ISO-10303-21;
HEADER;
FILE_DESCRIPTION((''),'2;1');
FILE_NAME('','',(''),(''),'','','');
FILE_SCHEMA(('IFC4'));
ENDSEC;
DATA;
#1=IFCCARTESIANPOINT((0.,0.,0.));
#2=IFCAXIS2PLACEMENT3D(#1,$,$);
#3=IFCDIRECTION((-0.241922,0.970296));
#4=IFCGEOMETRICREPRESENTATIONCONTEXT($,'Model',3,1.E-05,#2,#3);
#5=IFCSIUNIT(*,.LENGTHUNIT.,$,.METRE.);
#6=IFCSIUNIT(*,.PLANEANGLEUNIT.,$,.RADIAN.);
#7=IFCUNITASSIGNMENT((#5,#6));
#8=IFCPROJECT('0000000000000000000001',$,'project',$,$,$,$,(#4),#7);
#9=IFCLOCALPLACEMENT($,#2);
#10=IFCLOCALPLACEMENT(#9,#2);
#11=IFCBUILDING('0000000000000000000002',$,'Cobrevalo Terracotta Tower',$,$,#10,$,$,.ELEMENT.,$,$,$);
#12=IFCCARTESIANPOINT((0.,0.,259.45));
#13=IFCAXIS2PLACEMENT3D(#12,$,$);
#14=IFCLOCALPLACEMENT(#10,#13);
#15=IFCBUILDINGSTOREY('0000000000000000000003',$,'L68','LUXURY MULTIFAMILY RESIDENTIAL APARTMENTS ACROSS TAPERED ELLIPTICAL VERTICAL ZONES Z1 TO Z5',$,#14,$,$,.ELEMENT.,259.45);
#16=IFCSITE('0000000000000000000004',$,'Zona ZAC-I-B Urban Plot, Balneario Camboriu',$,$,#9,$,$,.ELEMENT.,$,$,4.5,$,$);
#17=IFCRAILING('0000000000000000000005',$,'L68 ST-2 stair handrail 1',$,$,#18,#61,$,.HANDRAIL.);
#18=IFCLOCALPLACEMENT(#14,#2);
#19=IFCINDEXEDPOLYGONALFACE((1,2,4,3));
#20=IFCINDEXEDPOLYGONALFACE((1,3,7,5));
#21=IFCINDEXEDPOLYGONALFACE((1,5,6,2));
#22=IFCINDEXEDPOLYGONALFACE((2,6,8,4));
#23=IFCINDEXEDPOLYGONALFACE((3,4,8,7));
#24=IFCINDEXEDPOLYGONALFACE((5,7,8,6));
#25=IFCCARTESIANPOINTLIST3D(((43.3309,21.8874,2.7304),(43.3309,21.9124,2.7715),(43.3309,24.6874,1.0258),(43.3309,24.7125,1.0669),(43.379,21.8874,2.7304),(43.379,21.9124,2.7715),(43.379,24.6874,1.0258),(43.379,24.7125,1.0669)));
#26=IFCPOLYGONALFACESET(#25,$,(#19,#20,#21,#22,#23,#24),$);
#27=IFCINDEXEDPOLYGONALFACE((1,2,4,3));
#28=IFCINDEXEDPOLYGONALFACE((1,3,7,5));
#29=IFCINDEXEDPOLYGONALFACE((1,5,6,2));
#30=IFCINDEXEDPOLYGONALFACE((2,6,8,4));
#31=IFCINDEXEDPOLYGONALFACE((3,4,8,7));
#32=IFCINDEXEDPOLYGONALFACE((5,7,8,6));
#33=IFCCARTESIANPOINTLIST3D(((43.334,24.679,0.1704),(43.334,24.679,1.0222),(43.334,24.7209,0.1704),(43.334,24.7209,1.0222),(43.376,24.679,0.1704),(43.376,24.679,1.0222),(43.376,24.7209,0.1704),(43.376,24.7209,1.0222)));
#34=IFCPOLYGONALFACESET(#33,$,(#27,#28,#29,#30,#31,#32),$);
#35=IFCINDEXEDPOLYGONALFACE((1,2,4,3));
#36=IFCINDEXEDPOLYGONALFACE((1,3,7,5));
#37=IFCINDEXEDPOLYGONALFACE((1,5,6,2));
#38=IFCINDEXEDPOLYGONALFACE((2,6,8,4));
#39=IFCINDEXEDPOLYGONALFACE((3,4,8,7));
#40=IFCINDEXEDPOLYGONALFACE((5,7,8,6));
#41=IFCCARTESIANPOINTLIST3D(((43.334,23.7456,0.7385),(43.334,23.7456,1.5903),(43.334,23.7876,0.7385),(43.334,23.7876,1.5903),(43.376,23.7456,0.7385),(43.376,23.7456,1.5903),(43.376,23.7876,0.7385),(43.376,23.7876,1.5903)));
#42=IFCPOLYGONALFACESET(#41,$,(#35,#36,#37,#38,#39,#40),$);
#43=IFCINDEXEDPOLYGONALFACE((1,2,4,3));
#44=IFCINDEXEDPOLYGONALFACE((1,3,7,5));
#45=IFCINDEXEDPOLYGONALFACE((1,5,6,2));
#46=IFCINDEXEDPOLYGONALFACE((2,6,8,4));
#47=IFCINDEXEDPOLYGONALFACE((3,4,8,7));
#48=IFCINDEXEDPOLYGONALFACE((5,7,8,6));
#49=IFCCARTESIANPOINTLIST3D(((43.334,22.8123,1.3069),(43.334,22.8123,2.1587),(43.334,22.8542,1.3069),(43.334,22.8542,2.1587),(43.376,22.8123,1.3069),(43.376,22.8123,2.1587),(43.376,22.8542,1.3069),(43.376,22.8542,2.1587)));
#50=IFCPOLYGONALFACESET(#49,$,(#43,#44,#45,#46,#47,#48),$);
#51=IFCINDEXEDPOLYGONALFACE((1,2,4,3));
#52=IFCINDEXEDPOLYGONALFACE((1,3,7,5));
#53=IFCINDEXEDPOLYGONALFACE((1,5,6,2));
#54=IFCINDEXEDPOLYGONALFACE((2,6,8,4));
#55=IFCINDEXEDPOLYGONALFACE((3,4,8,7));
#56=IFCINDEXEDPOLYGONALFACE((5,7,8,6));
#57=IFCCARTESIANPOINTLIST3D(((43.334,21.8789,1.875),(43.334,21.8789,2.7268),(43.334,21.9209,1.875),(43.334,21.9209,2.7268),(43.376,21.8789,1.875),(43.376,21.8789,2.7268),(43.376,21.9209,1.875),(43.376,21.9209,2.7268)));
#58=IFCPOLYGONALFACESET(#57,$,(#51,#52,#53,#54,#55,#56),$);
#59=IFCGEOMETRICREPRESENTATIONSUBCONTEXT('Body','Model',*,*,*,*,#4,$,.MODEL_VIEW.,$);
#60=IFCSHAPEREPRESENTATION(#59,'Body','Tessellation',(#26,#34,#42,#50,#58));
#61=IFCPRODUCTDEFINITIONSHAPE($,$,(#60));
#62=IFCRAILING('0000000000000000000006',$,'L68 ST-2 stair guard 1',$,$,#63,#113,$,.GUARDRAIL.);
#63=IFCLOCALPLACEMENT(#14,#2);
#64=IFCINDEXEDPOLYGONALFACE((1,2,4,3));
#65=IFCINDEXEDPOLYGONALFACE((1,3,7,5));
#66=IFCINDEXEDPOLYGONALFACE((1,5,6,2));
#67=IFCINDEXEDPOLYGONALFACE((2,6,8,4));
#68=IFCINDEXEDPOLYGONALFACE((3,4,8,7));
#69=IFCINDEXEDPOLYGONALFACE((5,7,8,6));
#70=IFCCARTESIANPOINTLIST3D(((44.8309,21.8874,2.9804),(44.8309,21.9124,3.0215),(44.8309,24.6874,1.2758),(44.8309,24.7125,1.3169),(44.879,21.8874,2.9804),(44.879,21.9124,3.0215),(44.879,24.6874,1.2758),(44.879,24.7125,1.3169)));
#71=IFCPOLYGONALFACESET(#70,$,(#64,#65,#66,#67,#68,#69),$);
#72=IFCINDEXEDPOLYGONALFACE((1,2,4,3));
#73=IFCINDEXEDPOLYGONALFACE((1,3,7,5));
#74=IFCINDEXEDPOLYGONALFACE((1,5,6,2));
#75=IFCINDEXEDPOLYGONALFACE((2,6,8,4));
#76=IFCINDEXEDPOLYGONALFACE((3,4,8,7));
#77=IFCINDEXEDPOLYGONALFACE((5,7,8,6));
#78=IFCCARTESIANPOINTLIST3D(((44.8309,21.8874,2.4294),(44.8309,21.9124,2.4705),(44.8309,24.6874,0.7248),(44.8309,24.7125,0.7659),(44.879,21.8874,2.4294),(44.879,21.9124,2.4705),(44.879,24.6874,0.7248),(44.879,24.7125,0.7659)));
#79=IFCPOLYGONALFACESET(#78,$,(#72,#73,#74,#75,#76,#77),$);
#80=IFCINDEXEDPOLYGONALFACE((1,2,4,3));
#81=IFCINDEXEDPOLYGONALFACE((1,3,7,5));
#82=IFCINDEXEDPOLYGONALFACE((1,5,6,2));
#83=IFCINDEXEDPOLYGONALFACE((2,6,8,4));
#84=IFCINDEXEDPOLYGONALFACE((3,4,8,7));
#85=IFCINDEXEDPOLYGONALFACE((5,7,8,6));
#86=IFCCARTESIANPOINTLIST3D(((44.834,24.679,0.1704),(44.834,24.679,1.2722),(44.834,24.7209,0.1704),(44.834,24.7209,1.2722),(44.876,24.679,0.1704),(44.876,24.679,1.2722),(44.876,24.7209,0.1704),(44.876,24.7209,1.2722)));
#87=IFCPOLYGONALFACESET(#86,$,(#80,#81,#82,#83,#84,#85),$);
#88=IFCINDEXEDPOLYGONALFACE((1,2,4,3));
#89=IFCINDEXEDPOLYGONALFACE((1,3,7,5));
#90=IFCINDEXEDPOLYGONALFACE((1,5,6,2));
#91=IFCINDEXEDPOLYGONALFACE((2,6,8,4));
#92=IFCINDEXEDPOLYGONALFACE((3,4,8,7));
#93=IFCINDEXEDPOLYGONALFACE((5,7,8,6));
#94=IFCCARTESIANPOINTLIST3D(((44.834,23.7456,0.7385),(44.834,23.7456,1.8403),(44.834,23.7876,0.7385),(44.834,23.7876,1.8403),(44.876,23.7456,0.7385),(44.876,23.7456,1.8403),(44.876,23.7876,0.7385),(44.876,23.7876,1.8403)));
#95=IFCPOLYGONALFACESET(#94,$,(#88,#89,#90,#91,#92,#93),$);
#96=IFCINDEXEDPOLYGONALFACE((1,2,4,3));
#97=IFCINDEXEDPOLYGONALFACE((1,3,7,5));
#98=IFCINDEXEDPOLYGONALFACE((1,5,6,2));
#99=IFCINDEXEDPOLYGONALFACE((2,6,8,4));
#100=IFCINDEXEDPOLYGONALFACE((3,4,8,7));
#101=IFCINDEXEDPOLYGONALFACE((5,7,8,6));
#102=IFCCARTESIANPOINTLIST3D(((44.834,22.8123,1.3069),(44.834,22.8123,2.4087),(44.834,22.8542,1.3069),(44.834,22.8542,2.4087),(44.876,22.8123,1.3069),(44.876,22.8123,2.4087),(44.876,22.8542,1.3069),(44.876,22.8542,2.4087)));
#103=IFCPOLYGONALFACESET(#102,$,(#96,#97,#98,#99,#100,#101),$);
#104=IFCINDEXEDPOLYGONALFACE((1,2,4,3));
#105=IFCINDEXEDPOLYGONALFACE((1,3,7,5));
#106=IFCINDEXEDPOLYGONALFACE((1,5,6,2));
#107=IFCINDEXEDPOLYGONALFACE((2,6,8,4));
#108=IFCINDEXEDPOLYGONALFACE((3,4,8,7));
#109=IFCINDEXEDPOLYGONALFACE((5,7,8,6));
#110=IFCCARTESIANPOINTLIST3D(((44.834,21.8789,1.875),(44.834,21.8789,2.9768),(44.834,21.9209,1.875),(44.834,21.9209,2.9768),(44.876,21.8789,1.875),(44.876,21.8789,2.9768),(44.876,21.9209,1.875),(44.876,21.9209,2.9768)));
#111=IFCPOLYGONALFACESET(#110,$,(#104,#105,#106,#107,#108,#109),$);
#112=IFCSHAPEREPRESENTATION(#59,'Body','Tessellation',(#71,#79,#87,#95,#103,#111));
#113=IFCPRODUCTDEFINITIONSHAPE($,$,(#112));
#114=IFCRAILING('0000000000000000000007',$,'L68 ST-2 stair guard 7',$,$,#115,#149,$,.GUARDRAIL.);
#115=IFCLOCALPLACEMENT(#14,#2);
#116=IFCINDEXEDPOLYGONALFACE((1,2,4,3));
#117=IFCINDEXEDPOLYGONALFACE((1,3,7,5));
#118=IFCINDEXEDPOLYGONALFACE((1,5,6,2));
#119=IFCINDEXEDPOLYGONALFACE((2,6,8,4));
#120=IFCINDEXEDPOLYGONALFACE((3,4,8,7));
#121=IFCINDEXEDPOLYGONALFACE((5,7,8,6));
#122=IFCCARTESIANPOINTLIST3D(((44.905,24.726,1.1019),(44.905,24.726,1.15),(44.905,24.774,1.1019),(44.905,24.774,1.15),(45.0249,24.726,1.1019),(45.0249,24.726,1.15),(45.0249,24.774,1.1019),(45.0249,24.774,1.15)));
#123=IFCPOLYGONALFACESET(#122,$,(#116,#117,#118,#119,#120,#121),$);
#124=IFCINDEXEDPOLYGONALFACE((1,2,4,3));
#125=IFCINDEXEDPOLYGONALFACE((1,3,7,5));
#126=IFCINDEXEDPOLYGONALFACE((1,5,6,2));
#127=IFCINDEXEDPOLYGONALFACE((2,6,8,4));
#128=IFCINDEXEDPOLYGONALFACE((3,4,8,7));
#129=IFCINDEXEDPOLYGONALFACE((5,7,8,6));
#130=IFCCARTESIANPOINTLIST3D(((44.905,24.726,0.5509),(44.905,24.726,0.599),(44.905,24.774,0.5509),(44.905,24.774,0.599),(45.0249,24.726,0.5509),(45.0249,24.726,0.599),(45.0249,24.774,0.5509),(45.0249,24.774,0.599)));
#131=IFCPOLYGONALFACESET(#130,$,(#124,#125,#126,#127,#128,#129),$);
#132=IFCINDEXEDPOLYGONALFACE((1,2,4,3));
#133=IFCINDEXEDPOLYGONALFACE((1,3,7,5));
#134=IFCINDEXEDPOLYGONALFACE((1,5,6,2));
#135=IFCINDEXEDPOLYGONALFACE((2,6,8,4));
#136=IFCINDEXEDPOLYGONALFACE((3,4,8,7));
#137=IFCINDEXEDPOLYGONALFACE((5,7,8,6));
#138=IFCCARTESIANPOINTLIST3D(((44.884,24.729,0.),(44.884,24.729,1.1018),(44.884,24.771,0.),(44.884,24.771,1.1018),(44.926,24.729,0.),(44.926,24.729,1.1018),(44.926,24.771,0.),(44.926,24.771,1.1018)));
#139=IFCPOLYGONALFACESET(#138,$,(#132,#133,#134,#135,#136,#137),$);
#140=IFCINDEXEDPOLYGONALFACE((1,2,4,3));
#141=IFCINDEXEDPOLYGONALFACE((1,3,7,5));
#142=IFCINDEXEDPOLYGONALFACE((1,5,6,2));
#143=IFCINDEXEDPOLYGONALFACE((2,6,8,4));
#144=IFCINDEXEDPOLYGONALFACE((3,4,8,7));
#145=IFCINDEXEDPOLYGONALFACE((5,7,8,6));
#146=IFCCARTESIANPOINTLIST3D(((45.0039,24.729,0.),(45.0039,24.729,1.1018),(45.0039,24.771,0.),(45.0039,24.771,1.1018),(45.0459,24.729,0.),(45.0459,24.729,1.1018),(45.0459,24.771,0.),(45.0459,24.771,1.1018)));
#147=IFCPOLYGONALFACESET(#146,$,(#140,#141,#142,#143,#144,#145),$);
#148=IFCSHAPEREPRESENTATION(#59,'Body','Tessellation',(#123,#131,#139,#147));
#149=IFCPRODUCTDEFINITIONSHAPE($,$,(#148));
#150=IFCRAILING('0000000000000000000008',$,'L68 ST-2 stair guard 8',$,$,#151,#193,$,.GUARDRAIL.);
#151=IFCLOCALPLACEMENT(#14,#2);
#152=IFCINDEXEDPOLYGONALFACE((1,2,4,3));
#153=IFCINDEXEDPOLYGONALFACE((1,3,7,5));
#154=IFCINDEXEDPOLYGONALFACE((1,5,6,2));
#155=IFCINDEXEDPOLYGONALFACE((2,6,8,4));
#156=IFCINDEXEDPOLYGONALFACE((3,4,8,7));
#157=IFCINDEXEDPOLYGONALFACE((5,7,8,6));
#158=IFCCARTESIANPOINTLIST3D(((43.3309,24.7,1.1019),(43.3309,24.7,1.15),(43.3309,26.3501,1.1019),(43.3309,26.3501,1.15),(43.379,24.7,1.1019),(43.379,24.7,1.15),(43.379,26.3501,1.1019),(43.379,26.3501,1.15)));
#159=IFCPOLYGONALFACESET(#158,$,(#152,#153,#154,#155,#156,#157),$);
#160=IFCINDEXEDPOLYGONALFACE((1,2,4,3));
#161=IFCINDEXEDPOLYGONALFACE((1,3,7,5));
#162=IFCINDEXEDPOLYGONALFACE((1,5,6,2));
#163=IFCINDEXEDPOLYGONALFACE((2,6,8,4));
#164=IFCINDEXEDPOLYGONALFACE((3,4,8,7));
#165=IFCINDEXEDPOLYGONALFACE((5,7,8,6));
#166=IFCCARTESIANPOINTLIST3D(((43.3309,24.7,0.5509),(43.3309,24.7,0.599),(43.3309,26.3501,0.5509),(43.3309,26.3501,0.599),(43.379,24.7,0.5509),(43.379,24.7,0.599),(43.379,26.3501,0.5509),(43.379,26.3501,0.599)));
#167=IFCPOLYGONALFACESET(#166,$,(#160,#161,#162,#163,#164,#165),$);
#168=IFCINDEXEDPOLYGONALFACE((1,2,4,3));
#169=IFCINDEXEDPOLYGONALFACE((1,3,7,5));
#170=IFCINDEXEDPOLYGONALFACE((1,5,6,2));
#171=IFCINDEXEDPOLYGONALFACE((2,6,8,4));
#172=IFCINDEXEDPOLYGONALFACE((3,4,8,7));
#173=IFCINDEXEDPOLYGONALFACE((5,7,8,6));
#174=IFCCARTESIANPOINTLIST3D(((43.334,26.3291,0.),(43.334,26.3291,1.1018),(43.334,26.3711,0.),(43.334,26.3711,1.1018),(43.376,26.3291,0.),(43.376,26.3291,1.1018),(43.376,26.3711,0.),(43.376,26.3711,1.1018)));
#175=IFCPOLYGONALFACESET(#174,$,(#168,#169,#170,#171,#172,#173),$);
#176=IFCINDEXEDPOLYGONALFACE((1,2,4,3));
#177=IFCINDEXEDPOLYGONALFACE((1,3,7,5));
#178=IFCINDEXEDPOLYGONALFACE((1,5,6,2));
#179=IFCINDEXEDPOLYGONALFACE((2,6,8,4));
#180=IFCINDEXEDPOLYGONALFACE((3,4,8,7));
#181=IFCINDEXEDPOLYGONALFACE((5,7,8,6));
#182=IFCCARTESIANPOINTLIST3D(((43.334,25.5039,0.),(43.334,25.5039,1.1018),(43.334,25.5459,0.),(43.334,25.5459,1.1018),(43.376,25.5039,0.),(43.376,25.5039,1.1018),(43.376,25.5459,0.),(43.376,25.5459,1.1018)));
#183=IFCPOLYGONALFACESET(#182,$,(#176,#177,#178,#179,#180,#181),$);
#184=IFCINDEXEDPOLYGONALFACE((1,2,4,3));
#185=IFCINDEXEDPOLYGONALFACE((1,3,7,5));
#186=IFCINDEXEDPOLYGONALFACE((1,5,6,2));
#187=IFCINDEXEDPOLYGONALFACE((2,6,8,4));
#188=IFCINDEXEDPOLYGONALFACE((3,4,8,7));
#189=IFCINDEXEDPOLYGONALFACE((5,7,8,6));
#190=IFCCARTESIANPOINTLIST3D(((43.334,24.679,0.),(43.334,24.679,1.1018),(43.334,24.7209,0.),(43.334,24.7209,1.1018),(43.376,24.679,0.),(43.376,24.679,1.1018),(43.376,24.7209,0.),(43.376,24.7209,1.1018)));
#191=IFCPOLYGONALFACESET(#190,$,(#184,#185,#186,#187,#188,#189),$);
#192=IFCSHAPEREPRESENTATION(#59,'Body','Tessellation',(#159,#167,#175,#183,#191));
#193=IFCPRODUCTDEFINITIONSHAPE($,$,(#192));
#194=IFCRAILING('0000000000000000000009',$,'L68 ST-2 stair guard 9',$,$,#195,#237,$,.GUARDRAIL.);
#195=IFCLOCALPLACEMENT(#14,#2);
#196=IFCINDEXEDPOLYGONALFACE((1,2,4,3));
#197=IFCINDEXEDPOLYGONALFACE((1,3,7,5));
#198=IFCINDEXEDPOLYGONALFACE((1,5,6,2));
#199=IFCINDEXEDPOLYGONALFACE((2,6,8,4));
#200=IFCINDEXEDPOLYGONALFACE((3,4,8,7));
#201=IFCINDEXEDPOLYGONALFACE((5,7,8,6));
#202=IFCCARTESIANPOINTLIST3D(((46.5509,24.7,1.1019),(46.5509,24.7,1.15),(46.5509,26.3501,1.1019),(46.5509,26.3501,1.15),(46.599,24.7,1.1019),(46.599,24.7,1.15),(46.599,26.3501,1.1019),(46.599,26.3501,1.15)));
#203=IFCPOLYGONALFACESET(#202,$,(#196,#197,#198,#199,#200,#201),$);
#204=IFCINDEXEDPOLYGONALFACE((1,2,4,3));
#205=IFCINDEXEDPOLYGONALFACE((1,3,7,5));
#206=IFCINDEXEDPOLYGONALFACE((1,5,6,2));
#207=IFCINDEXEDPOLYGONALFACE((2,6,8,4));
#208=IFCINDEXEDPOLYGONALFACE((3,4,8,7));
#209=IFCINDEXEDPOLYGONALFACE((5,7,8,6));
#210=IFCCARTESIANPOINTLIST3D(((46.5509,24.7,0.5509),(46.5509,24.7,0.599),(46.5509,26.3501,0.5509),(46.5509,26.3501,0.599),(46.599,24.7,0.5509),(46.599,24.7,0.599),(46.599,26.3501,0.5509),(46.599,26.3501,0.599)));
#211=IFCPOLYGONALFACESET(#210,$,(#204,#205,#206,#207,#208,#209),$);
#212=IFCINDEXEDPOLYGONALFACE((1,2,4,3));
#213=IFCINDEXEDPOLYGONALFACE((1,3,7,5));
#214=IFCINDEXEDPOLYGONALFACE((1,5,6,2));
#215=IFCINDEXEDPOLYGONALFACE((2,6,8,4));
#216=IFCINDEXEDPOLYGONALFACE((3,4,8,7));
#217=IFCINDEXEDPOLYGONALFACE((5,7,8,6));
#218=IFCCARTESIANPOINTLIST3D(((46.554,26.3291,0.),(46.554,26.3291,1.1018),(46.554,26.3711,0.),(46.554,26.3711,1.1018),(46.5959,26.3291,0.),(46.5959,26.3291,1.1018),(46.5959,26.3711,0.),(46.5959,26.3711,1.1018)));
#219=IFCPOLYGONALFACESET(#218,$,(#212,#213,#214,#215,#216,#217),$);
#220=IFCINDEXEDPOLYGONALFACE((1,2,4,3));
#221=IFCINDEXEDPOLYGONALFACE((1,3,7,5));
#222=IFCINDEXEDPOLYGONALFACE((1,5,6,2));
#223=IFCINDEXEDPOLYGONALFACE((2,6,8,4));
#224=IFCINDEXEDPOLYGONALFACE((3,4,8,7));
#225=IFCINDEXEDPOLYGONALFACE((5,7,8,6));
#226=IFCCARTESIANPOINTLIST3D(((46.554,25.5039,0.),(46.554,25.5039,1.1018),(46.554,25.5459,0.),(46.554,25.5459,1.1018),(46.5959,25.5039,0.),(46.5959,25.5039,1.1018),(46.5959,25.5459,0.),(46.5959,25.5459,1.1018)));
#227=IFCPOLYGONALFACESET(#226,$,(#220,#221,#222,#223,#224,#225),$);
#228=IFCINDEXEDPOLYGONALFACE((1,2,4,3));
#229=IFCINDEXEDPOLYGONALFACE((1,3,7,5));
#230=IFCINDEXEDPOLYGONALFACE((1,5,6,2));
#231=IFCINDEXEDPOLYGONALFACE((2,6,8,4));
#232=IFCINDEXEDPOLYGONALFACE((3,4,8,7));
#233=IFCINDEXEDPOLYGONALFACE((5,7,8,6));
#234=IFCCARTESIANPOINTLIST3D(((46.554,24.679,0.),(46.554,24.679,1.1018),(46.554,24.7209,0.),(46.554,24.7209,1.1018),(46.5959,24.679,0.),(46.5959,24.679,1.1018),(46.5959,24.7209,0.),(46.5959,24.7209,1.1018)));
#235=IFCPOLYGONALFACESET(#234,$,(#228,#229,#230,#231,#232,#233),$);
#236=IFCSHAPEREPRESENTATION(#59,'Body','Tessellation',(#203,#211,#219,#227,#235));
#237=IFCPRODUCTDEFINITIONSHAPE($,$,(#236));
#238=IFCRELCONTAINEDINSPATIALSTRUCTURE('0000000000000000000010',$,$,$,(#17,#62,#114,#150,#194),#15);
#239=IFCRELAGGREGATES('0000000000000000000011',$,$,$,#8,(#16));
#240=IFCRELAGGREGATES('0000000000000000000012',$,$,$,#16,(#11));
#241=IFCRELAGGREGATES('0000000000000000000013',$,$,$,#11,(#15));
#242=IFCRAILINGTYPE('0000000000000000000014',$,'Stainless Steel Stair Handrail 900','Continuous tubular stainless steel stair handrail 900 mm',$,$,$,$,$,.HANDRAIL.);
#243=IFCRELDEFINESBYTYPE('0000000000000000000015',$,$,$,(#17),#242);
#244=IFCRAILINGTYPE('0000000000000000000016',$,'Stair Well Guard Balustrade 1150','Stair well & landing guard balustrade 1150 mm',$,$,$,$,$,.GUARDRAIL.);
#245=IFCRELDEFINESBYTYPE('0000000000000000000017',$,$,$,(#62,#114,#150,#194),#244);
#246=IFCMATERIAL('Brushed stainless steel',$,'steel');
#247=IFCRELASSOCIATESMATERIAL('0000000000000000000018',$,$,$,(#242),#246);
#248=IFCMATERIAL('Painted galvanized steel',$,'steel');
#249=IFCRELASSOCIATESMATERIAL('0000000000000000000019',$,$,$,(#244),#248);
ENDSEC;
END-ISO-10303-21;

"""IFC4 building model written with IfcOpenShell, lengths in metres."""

from ifc_helpers import new_model, si_unit, direction, frame, origin, origin_2d, place, context, subcontext, project, spatial, rectangle, extrude, material, type_object, element, save


model = new_model("IFC4")

# Units and contexts
model_context = context("Model", 3, precision=1e-05, world=origin(), true_north=direction((-0.241922, 0.970296)))
body_context = subcontext(model_context, "Body", "Model", "MODEL_VIEW")
ifc_project = project(units=[si_unit("LENGTHUNIT", "METRE"), si_unit("PLANEANGLEUNIT", "RADIAN")], contexts=[model_context])

# Site, building, storey
site_placement = place(None, origin())
site = spatial("IfcSite", under=ifc_project, at=site_placement, Name="Zona ZAC-I-B Urban Plot, Balneario Camboriu", CompositionType="ELEMENT", RefElevation=4.5)
building_placement = place(site_placement, origin())
building = spatial("IfcBuilding", under=site, at=building_placement, Name="Cobrevalo Terracotta Tower", CompositionType="ELEMENT")
storey_placement = place(building_placement, frame((0.0, 0.0, 259.45)))
storey = spatial("IfcBuildingStorey", under=building, at=storey_placement, Name="L68", Description="LUXURY MULTIFAMILY RESIDENTIAL APARTMENTS ACROSS TAPERED ELLIPTICAL VERTICAL ZONES Z1 TO Z5", CompositionType="ELEMENT", Elevation=259.45)

# Shared definitions
ifc_material_1 = material(Name="Brushed stainless steel", Category="steel")

# Railings
railing_type_1 = type_object("IfcRailingType", Name="Stainless Steel Stair Handrail 900", Description="Continuous tubular stainless steel stair handrail 900 mm", PredefinedType="HANDRAIL", material=ifc_material_1)
railing_1_placement = place(storey_placement, frame((43.355, 24.7, 0.1704)))
element("IfcRailing", 1, at=railing_1_placement, inside=storey, type_object=railing_type_1, Name="L68 ST-2 stair handrail 1", PredefinedType="HANDRAIL", context=body_context, shape_type="SweptSolid", body=[
    extrude(rectangle(XDim=0.0481, YDim=0.0481, at=origin_2d()), frame((0.0, 0.0, 0.876), z_axis=(0.0, -0.85417, 0.519994), x_axis=(1.0, 0.0, 0.0)), (0.0, 0.0, 1.0), 3.2781),
    extrude(rectangle(XDim=0.042, YDim=0.042, at=origin_2d()), origin(), (0.0, 0.0, 1.0), 0.8518),
    extrude(rectangle(XDim=0.042, YDim=0.042, at=origin_2d()), frame((0.0, -0.9333, 0.5681)), (0.0, 0.0, 1.0), 0.8518),
    extrude(rectangle(XDim=0.042, YDim=0.042, at=origin_2d()), frame((0.0, -1.8667, 1.1365)), (0.0, 0.0, 1.0), 0.8518),
    extrude(rectangle(XDim=0.042, YDim=0.042, at=origin_2d()), frame((0.0, -2.8, 1.7046)), (0.0, 0.0, 1.0), 0.8518),
])
ifc_material_2 = material(Name="Painted galvanized steel", Category="steel")
railing_type_2 = type_object("IfcRailingType", Name="Stair Well Guard Balustrade 1150", Description="Stair well & landing guard balustrade 1150 mm", PredefinedType="GUARDRAIL", material=ifc_material_2)
railing_2_placement = place(storey_placement, frame((44.855, 24.7, 0.1704)))
element("IfcRailing", 2, at=railing_2_placement, inside=storey, type_object=railing_type_2, Name="L68 ST-2 stair guard 1", PredefinedType="GUARDRAIL", context=body_context, shape_type="SweptSolid", body=[
    extrude(rectangle(XDim=0.0481, YDim=0.0481, at=origin_2d()), frame((0.0, 0.0, 1.126), z_axis=(0.0, -0.85417, 0.519994), x_axis=(1.0, 0.0, 0.0)), (0.0, 0.0, 1.0), 3.2781),
    extrude(rectangle(XDim=0.0481, YDim=0.0481, at=origin_2d()), frame((0.0, 0.0, 0.575), z_axis=(0.0, -0.85417, 0.519994), x_axis=(1.0, 0.0, 0.0)), (0.0, 0.0, 1.0), 3.2781),
    extrude(rectangle(XDim=0.042, YDim=0.042, at=origin_2d()), origin(), (0.0, 0.0, 1.0), 1.1018),
    extrude(rectangle(XDim=0.042, YDim=0.042, at=origin_2d()), frame((0.0, -0.9333, 0.5681)), (0.0, 0.0, 1.0), 1.1018),
    extrude(rectangle(XDim=0.042, YDim=0.042, at=origin_2d()), frame((0.0, -1.8667, 1.1365)), (0.0, 0.0, 1.0), 1.1018),
    extrude(rectangle(XDim=0.042, YDim=0.042, at=origin_2d()), frame((0.0, -2.8, 1.7046)), (0.0, 0.0, 1.0), 1.1018),
])
railing_3_placement = place(storey_placement, frame((44.905, 24.75, 0.0)))
element("IfcRailing", 3, at=railing_3_placement, inside=storey, type_object=railing_type_2, Name="L68 ST-2 stair guard 7", PredefinedType="GUARDRAIL", context=body_context, shape_type="SweptSolid", body=[
    extrude(rectangle(XDim=0.0481, YDim=0.0481, at=origin_2d()), frame((0.0, 0.0, 1.126), z_axis=(1.0, 0.0, 0.0), x_axis=(0.0, 1.0, 0.0)), (0.0, 0.0, 1.0), 0.1199),
    extrude(rectangle(XDim=0.0481, YDim=0.0481, at=origin_2d()), frame((0.0, 0.0, 0.575), z_axis=(1.0, 0.0, 0.0), x_axis=(0.0, 1.0, 0.0)), (0.0, 0.0, 1.0), 0.1199),
    extrude(rectangle(XDim=0.042, YDim=0.042, at=origin_2d()), origin(), (0.0, 0.0, 1.0), 1.1018),
    extrude(rectangle(XDim=0.042, YDim=0.042, at=origin_2d()), frame((0.1199, 0.0, 0.0)), (0.0, 0.0, 1.0), 1.1018),
])
for number, where, name in (
    (4, (43.355, 26.3501, 0.0), "L68 ST-2 stair guard 8"),
    (5, (46.575, 26.3501, 0.0), "L68 ST-2 stair guard 9"),
):
    element("IfcRailing", number, at=place(storey_placement, frame(where)), inside=storey, type_object=railing_type_2, Name=name, PredefinedType="GUARDRAIL", context=body_context, shape_type="SweptSolid", body=[
        extrude(rectangle(XDim=0.0481, YDim=0.0481, at=origin_2d()), frame((0.0, 0.0, 1.126), z_axis=(0.0, -1.0, 0.0), x_axis=(1.0, 0.0, 0.0)), (0.0, 0.0, 1.0), 1.6501),
        extrude(rectangle(XDim=0.0481, YDim=0.0481, at=origin_2d()), frame((0.0, 0.0, 0.575), z_axis=(0.0, -1.0, 0.0), x_axis=(1.0, 0.0, 0.0)), (0.0, 0.0, 1.0), 1.6501),
        extrude(rectangle(XDim=0.042, YDim=0.042, at=origin_2d()), origin(), (0.0, 0.0, 1.0), 1.1018),
        extrude(rectangle(XDim=0.042, YDim=0.042, at=origin_2d()), frame((0.0, -0.8252, 0.0)), (0.0, 0.0, 1.0), 1.1018),
        extrude(rectangle(XDim=0.042, YDim=0.042, at=origin_2d()), frame((0.0, -1.6501, 0.0)), (0.0, 0.0, 1.0), 1.1018),
    ])

save(model, "model.ifc")
